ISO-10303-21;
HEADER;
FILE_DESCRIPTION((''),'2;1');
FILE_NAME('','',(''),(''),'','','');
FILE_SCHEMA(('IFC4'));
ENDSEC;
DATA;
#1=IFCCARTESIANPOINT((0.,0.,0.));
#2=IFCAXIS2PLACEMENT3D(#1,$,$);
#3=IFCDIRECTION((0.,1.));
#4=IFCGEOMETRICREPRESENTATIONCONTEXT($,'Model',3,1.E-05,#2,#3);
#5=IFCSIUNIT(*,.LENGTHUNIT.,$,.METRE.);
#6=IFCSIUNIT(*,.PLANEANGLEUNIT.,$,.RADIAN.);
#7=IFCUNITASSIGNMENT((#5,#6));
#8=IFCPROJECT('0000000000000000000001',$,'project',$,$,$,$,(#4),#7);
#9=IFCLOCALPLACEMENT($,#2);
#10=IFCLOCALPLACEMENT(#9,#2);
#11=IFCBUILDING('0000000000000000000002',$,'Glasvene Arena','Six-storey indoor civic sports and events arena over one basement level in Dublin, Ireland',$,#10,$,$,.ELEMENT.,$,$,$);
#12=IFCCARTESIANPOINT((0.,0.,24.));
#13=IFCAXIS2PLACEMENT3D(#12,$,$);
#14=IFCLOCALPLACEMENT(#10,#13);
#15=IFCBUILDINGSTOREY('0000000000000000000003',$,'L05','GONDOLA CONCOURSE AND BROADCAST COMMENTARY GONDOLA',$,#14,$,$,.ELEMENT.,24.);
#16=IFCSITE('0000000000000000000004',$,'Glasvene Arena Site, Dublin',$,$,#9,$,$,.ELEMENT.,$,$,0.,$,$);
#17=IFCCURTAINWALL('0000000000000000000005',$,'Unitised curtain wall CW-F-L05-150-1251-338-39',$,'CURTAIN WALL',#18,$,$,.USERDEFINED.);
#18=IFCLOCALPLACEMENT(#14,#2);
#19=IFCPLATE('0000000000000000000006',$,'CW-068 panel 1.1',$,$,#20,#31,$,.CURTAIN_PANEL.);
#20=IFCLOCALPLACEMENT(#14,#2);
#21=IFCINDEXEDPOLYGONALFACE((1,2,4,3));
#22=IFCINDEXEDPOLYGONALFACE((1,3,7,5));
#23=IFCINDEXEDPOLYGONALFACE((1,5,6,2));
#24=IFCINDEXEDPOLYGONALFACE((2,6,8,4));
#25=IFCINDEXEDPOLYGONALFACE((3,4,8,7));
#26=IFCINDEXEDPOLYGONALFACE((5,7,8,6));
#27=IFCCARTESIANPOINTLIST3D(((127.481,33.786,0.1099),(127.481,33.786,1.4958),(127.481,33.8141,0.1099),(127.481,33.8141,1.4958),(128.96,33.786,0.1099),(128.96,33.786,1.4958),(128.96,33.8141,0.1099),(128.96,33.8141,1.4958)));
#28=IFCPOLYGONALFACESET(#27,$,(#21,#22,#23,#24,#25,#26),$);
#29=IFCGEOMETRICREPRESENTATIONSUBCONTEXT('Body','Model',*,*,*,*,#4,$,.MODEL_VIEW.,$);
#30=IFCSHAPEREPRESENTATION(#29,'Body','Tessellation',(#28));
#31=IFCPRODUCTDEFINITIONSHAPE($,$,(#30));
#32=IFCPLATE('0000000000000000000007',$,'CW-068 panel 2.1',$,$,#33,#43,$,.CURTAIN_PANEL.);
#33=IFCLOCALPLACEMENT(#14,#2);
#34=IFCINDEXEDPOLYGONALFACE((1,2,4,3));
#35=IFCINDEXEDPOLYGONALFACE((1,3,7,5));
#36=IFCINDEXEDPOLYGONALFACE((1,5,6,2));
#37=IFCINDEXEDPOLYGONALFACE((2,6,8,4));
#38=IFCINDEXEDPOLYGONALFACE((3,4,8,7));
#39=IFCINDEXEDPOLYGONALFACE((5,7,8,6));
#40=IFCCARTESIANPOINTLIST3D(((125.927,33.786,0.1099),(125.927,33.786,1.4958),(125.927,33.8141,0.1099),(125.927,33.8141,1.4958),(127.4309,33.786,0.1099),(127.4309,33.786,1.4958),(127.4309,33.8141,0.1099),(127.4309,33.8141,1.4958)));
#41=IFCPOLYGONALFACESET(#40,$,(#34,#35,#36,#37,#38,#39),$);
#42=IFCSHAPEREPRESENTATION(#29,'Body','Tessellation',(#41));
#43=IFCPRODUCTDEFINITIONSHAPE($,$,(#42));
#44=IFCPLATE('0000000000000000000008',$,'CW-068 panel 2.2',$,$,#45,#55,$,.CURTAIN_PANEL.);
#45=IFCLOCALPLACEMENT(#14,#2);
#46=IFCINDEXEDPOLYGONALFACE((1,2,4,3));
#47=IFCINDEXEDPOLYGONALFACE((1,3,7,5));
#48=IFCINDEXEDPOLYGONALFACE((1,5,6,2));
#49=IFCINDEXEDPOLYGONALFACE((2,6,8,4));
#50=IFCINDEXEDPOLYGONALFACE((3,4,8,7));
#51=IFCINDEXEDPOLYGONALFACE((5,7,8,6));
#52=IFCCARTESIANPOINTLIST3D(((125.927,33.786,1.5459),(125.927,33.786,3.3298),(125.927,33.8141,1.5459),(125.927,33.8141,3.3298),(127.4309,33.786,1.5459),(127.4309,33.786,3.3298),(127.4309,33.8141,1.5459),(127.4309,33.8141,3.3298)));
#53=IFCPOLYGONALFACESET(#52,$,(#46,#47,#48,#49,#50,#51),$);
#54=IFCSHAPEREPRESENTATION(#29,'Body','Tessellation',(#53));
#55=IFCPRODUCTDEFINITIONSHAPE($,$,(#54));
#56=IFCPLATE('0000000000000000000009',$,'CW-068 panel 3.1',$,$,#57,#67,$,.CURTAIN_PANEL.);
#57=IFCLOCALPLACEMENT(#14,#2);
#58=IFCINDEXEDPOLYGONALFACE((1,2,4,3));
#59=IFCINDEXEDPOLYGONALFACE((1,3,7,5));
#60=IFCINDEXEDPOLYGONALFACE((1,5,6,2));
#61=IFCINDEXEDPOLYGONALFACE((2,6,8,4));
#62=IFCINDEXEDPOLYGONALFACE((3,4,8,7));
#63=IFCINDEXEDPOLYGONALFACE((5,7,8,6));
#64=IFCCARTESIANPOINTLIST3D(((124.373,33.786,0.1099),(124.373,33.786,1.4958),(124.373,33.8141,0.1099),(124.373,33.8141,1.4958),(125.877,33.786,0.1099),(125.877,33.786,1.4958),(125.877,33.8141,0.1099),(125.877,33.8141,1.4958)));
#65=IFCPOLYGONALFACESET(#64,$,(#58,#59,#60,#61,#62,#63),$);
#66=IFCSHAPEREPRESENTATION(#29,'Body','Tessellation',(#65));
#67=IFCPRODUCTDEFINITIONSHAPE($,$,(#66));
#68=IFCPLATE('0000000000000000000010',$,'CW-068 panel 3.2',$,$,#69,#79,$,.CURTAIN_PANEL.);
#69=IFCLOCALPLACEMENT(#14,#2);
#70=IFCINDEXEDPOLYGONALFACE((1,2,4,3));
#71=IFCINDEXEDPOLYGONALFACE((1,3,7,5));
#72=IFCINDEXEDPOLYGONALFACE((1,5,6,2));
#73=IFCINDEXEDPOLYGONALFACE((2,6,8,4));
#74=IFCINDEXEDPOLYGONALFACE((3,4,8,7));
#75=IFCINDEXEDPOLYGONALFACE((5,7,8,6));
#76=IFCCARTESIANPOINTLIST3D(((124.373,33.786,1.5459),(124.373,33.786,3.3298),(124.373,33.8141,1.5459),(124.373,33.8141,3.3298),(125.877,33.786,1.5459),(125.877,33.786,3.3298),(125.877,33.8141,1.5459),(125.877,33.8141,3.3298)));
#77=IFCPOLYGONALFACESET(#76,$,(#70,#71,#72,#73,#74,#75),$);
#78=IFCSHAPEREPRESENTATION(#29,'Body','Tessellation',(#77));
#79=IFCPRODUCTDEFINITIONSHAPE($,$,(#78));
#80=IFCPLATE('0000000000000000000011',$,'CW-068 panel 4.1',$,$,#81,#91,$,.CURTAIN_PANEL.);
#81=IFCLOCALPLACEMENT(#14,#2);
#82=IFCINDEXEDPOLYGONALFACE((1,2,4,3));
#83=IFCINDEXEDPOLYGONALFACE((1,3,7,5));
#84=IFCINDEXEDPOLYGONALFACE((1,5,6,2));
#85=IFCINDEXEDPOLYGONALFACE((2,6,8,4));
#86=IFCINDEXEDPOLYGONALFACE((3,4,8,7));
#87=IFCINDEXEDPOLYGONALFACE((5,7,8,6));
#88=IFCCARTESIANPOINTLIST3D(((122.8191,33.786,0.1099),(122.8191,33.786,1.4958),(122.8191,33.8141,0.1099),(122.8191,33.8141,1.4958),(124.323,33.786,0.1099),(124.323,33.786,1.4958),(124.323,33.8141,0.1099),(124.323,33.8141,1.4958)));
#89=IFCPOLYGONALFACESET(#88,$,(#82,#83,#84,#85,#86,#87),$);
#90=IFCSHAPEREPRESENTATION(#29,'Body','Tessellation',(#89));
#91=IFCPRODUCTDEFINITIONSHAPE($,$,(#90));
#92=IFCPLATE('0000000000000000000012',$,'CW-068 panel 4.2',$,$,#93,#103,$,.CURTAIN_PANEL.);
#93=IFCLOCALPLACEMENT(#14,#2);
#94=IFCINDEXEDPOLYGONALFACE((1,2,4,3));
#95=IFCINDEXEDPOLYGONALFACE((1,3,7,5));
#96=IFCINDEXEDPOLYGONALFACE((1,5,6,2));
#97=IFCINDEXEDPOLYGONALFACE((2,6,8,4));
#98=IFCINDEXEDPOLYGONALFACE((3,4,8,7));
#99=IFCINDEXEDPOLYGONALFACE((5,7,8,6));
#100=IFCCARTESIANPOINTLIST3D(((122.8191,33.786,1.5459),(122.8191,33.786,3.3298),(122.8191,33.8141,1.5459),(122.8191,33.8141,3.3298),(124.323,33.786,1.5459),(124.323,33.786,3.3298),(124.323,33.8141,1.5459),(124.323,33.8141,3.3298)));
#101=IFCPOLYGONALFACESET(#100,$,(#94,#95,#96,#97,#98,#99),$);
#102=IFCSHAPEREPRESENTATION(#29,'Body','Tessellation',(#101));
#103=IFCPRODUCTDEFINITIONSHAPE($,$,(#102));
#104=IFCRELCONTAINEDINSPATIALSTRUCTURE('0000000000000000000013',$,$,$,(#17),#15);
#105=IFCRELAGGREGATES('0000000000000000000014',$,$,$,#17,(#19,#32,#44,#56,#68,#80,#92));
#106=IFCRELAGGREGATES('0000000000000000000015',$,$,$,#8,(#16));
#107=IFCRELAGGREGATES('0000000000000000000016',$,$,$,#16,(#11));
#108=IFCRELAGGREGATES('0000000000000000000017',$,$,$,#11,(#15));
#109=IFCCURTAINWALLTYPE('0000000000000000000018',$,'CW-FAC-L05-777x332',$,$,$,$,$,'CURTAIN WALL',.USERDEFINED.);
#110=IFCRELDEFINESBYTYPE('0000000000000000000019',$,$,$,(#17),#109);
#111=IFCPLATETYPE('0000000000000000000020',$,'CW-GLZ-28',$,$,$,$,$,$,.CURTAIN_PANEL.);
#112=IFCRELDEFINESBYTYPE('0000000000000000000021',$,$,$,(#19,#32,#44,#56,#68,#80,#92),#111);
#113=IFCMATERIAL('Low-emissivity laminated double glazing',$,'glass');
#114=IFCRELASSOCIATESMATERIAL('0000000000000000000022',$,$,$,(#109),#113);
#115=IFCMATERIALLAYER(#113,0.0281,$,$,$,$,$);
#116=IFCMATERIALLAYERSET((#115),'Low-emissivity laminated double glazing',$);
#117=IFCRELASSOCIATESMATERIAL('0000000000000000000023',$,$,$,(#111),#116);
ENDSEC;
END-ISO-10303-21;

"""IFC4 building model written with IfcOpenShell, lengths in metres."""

from ifc_helpers import new_model, si_unit, direction, frame, origin, origin_2d, place, context, subcontext, project, spatial, rectangle, extrude, material, layer, layer_set, type_object, element, aggregate, save


model = new_model("IFC4")

# Units and contexts
model_context = context("Model", 3, precision=1e-05, world=origin(), true_north=direction((0.0, 1.0)))
body_context = subcontext(model_context, "Body", "Model", "MODEL_VIEW")
ifc_project = project(units=[si_unit("LENGTHUNIT", "METRE"), si_unit("PLANEANGLEUNIT", "RADIAN")], contexts=[model_context])

# Site, building, storey
site_placement = place(None, origin())
site = spatial("IfcSite", under=ifc_project, at=site_placement, Name="Glasvene Arena Site, Dublin", CompositionType="ELEMENT", RefElevation=0.0)
building_placement = place(site_placement, origin())
building = spatial("IfcBuilding", under=site, at=building_placement, Name="Glasvene Arena", Description="Six-storey indoor civic sports and events arena over one basement level in Dublin, Ireland", CompositionType="ELEMENT")
storey_placement = place(building_placement, frame((0.0, 0.0, 24.0)))
storey = spatial("IfcBuildingStorey", under=building, at=storey_placement, Name="L05", Description="GONDOLA CONCOURSE AND BROADCAST COMMENTARY GONDOLA", CompositionType="ELEMENT", Elevation=24.0)

# Curtain wall, plates
ifc_material_1 = material(Name="Low-emissivity laminated double glazing", Category="glass")
curtain_wall_type = type_object("IfcCurtainWallType", Name="CW-FAC-L05-777x332", ElementType="CURTAIN WALL", PredefinedType="USERDEFINED", material=ifc_material_1)
curtain_wall_placement = place(storey_placement, frame((129.01, 33.8, 0.0)))
curtain_wall = element("IfcCurtainWall", 1, at=curtain_wall_placement, inside=storey, type_object=curtain_wall_type, Name="Unitised curtain wall CW-F-L05-150-1251-338-39", ObjectType="CURTAIN WALL", PredefinedType="USERDEFINED")
ifc_layer = layer(ifc_material_1, 0.0281)
ifc_layer_set = layer_set([ifc_layer], Name="Low-emissivity laminated double glazing")
plate_type = type_object("IfcPlateType", Name="CW-GLZ-28", PredefinedType="CURTAIN_PANEL", material=ifc_layer_set)
plate_1_placement = place(storey_placement, frame((128.2205, 33.8, 0.1099), z_axis=(0.0, 0.0, 1.0), x_axis=(-1.0, 0.0, 0.0)))
plate_1 = element("IfcPlate", 2, at=plate_1_placement, type_object=plate_type, Name="CW-068 panel 1.1", PredefinedType="CURTAIN_PANEL", context=body_context, shape_type="SweptSolid", body=[
    extrude(rectangle(XDim=1.479, YDim=0.0281, at=origin_2d()), origin(), (0.0, 0.0, 1.0), 1.386),
])
plate_2_placement = place(storey_placement, frame((126.679, 33.8, 0.1099), z_axis=(0.0, 0.0, 1.0), x_axis=(-1.0, 0.0, 0.0)))
plate_2 = element("IfcPlate", 3, at=plate_2_placement, type_object=plate_type, Name="CW-068 panel 2.1", PredefinedType="CURTAIN_PANEL", context=body_context, shape_type="SweptSolid", body=[
    extrude(rectangle(XDim=1.5039, YDim=0.0281, at=origin_2d()), origin(), (0.0, 0.0, 1.0), 1.386),
])
plate_3_placement = place(storey_placement, frame((126.679, 33.8, 1.5459), z_axis=(0.0, 0.0, 1.0), x_axis=(-1.0, 0.0, 0.0)))
plate_3 = element("IfcPlate", 4, at=plate_3_placement, type_object=plate_type, Name="CW-068 panel 2.2", PredefinedType="CURTAIN_PANEL", context=body_context, shape_type="SweptSolid", body=[
    extrude(rectangle(XDim=1.5039, YDim=0.0281, at=origin_2d()), origin(), (0.0, 0.0, 1.0), 1.7839),
])
plate_4_placement = place(storey_placement, frame((125.125, 33.8, 0.1099), z_axis=(0.0, 0.0, 1.0), x_axis=(-1.0, 0.0, 0.0)))
plate_4 = element("IfcPlate", 5, at=plate_4_placement, type_object=plate_type, Name="CW-068 panel 3.1", PredefinedType="CURTAIN_PANEL", context=body_context, shape_type="SweptSolid", body=[
    extrude(rectangle(XDim=1.5039, YDim=0.0281, at=origin_2d()), origin(), (0.0, 0.0, 1.0), 1.386),
])
plate_5_placement = place(storey_placement, frame((125.125, 33.8, 1.5459), z_axis=(0.0, 0.0, 1.0), x_axis=(-1.0, 0.0, 0.0)))
plate_5 = element("IfcPlate", 6, at=plate_5_placement, type_object=plate_type, Name="CW-068 panel 3.2", PredefinedType="CURTAIN_PANEL", context=body_context, shape_type="SweptSolid", body=[
    extrude(rectangle(XDim=1.5039, YDim=0.0281, at=origin_2d()), origin(), (0.0, 0.0, 1.0), 1.7839),
])
plate_6_placement = place(storey_placement, frame((123.571, 33.8, 0.1099), z_axis=(0.0, 0.0, 1.0), x_axis=(-1.0, 0.0, 0.0)))
plate_6 = element("IfcPlate", 7, at=plate_6_placement, type_object=plate_type, Name="CW-068 panel 4.1", PredefinedType="CURTAIN_PANEL", context=body_context, shape_type="SweptSolid", body=[
    extrude(rectangle(XDim=1.5039, YDim=0.0281, at=origin_2d()), origin(), (0.0, 0.0, 1.0), 1.386),
])
plate_7_placement = place(storey_placement, frame((123.571, 33.8, 1.5459), z_axis=(0.0, 0.0, 1.0), x_axis=(-1.0, 0.0, 0.0)))
plate_7 = element("IfcPlate", 8, at=plate_7_placement, type_object=plate_type, Name="CW-068 panel 4.2", PredefinedType="CURTAIN_PANEL", context=body_context, shape_type="SweptSolid", body=[
    extrude(rectangle(XDim=1.5039, YDim=0.0281, at=origin_2d()), origin(), (0.0, 0.0, 1.0), 1.7839),
])
aggregate(curtain_wall, [plate_1, plate_2, plate_3, plate_4, plate_5, plate_6, plate_7])

save(model, "model.ifc")
